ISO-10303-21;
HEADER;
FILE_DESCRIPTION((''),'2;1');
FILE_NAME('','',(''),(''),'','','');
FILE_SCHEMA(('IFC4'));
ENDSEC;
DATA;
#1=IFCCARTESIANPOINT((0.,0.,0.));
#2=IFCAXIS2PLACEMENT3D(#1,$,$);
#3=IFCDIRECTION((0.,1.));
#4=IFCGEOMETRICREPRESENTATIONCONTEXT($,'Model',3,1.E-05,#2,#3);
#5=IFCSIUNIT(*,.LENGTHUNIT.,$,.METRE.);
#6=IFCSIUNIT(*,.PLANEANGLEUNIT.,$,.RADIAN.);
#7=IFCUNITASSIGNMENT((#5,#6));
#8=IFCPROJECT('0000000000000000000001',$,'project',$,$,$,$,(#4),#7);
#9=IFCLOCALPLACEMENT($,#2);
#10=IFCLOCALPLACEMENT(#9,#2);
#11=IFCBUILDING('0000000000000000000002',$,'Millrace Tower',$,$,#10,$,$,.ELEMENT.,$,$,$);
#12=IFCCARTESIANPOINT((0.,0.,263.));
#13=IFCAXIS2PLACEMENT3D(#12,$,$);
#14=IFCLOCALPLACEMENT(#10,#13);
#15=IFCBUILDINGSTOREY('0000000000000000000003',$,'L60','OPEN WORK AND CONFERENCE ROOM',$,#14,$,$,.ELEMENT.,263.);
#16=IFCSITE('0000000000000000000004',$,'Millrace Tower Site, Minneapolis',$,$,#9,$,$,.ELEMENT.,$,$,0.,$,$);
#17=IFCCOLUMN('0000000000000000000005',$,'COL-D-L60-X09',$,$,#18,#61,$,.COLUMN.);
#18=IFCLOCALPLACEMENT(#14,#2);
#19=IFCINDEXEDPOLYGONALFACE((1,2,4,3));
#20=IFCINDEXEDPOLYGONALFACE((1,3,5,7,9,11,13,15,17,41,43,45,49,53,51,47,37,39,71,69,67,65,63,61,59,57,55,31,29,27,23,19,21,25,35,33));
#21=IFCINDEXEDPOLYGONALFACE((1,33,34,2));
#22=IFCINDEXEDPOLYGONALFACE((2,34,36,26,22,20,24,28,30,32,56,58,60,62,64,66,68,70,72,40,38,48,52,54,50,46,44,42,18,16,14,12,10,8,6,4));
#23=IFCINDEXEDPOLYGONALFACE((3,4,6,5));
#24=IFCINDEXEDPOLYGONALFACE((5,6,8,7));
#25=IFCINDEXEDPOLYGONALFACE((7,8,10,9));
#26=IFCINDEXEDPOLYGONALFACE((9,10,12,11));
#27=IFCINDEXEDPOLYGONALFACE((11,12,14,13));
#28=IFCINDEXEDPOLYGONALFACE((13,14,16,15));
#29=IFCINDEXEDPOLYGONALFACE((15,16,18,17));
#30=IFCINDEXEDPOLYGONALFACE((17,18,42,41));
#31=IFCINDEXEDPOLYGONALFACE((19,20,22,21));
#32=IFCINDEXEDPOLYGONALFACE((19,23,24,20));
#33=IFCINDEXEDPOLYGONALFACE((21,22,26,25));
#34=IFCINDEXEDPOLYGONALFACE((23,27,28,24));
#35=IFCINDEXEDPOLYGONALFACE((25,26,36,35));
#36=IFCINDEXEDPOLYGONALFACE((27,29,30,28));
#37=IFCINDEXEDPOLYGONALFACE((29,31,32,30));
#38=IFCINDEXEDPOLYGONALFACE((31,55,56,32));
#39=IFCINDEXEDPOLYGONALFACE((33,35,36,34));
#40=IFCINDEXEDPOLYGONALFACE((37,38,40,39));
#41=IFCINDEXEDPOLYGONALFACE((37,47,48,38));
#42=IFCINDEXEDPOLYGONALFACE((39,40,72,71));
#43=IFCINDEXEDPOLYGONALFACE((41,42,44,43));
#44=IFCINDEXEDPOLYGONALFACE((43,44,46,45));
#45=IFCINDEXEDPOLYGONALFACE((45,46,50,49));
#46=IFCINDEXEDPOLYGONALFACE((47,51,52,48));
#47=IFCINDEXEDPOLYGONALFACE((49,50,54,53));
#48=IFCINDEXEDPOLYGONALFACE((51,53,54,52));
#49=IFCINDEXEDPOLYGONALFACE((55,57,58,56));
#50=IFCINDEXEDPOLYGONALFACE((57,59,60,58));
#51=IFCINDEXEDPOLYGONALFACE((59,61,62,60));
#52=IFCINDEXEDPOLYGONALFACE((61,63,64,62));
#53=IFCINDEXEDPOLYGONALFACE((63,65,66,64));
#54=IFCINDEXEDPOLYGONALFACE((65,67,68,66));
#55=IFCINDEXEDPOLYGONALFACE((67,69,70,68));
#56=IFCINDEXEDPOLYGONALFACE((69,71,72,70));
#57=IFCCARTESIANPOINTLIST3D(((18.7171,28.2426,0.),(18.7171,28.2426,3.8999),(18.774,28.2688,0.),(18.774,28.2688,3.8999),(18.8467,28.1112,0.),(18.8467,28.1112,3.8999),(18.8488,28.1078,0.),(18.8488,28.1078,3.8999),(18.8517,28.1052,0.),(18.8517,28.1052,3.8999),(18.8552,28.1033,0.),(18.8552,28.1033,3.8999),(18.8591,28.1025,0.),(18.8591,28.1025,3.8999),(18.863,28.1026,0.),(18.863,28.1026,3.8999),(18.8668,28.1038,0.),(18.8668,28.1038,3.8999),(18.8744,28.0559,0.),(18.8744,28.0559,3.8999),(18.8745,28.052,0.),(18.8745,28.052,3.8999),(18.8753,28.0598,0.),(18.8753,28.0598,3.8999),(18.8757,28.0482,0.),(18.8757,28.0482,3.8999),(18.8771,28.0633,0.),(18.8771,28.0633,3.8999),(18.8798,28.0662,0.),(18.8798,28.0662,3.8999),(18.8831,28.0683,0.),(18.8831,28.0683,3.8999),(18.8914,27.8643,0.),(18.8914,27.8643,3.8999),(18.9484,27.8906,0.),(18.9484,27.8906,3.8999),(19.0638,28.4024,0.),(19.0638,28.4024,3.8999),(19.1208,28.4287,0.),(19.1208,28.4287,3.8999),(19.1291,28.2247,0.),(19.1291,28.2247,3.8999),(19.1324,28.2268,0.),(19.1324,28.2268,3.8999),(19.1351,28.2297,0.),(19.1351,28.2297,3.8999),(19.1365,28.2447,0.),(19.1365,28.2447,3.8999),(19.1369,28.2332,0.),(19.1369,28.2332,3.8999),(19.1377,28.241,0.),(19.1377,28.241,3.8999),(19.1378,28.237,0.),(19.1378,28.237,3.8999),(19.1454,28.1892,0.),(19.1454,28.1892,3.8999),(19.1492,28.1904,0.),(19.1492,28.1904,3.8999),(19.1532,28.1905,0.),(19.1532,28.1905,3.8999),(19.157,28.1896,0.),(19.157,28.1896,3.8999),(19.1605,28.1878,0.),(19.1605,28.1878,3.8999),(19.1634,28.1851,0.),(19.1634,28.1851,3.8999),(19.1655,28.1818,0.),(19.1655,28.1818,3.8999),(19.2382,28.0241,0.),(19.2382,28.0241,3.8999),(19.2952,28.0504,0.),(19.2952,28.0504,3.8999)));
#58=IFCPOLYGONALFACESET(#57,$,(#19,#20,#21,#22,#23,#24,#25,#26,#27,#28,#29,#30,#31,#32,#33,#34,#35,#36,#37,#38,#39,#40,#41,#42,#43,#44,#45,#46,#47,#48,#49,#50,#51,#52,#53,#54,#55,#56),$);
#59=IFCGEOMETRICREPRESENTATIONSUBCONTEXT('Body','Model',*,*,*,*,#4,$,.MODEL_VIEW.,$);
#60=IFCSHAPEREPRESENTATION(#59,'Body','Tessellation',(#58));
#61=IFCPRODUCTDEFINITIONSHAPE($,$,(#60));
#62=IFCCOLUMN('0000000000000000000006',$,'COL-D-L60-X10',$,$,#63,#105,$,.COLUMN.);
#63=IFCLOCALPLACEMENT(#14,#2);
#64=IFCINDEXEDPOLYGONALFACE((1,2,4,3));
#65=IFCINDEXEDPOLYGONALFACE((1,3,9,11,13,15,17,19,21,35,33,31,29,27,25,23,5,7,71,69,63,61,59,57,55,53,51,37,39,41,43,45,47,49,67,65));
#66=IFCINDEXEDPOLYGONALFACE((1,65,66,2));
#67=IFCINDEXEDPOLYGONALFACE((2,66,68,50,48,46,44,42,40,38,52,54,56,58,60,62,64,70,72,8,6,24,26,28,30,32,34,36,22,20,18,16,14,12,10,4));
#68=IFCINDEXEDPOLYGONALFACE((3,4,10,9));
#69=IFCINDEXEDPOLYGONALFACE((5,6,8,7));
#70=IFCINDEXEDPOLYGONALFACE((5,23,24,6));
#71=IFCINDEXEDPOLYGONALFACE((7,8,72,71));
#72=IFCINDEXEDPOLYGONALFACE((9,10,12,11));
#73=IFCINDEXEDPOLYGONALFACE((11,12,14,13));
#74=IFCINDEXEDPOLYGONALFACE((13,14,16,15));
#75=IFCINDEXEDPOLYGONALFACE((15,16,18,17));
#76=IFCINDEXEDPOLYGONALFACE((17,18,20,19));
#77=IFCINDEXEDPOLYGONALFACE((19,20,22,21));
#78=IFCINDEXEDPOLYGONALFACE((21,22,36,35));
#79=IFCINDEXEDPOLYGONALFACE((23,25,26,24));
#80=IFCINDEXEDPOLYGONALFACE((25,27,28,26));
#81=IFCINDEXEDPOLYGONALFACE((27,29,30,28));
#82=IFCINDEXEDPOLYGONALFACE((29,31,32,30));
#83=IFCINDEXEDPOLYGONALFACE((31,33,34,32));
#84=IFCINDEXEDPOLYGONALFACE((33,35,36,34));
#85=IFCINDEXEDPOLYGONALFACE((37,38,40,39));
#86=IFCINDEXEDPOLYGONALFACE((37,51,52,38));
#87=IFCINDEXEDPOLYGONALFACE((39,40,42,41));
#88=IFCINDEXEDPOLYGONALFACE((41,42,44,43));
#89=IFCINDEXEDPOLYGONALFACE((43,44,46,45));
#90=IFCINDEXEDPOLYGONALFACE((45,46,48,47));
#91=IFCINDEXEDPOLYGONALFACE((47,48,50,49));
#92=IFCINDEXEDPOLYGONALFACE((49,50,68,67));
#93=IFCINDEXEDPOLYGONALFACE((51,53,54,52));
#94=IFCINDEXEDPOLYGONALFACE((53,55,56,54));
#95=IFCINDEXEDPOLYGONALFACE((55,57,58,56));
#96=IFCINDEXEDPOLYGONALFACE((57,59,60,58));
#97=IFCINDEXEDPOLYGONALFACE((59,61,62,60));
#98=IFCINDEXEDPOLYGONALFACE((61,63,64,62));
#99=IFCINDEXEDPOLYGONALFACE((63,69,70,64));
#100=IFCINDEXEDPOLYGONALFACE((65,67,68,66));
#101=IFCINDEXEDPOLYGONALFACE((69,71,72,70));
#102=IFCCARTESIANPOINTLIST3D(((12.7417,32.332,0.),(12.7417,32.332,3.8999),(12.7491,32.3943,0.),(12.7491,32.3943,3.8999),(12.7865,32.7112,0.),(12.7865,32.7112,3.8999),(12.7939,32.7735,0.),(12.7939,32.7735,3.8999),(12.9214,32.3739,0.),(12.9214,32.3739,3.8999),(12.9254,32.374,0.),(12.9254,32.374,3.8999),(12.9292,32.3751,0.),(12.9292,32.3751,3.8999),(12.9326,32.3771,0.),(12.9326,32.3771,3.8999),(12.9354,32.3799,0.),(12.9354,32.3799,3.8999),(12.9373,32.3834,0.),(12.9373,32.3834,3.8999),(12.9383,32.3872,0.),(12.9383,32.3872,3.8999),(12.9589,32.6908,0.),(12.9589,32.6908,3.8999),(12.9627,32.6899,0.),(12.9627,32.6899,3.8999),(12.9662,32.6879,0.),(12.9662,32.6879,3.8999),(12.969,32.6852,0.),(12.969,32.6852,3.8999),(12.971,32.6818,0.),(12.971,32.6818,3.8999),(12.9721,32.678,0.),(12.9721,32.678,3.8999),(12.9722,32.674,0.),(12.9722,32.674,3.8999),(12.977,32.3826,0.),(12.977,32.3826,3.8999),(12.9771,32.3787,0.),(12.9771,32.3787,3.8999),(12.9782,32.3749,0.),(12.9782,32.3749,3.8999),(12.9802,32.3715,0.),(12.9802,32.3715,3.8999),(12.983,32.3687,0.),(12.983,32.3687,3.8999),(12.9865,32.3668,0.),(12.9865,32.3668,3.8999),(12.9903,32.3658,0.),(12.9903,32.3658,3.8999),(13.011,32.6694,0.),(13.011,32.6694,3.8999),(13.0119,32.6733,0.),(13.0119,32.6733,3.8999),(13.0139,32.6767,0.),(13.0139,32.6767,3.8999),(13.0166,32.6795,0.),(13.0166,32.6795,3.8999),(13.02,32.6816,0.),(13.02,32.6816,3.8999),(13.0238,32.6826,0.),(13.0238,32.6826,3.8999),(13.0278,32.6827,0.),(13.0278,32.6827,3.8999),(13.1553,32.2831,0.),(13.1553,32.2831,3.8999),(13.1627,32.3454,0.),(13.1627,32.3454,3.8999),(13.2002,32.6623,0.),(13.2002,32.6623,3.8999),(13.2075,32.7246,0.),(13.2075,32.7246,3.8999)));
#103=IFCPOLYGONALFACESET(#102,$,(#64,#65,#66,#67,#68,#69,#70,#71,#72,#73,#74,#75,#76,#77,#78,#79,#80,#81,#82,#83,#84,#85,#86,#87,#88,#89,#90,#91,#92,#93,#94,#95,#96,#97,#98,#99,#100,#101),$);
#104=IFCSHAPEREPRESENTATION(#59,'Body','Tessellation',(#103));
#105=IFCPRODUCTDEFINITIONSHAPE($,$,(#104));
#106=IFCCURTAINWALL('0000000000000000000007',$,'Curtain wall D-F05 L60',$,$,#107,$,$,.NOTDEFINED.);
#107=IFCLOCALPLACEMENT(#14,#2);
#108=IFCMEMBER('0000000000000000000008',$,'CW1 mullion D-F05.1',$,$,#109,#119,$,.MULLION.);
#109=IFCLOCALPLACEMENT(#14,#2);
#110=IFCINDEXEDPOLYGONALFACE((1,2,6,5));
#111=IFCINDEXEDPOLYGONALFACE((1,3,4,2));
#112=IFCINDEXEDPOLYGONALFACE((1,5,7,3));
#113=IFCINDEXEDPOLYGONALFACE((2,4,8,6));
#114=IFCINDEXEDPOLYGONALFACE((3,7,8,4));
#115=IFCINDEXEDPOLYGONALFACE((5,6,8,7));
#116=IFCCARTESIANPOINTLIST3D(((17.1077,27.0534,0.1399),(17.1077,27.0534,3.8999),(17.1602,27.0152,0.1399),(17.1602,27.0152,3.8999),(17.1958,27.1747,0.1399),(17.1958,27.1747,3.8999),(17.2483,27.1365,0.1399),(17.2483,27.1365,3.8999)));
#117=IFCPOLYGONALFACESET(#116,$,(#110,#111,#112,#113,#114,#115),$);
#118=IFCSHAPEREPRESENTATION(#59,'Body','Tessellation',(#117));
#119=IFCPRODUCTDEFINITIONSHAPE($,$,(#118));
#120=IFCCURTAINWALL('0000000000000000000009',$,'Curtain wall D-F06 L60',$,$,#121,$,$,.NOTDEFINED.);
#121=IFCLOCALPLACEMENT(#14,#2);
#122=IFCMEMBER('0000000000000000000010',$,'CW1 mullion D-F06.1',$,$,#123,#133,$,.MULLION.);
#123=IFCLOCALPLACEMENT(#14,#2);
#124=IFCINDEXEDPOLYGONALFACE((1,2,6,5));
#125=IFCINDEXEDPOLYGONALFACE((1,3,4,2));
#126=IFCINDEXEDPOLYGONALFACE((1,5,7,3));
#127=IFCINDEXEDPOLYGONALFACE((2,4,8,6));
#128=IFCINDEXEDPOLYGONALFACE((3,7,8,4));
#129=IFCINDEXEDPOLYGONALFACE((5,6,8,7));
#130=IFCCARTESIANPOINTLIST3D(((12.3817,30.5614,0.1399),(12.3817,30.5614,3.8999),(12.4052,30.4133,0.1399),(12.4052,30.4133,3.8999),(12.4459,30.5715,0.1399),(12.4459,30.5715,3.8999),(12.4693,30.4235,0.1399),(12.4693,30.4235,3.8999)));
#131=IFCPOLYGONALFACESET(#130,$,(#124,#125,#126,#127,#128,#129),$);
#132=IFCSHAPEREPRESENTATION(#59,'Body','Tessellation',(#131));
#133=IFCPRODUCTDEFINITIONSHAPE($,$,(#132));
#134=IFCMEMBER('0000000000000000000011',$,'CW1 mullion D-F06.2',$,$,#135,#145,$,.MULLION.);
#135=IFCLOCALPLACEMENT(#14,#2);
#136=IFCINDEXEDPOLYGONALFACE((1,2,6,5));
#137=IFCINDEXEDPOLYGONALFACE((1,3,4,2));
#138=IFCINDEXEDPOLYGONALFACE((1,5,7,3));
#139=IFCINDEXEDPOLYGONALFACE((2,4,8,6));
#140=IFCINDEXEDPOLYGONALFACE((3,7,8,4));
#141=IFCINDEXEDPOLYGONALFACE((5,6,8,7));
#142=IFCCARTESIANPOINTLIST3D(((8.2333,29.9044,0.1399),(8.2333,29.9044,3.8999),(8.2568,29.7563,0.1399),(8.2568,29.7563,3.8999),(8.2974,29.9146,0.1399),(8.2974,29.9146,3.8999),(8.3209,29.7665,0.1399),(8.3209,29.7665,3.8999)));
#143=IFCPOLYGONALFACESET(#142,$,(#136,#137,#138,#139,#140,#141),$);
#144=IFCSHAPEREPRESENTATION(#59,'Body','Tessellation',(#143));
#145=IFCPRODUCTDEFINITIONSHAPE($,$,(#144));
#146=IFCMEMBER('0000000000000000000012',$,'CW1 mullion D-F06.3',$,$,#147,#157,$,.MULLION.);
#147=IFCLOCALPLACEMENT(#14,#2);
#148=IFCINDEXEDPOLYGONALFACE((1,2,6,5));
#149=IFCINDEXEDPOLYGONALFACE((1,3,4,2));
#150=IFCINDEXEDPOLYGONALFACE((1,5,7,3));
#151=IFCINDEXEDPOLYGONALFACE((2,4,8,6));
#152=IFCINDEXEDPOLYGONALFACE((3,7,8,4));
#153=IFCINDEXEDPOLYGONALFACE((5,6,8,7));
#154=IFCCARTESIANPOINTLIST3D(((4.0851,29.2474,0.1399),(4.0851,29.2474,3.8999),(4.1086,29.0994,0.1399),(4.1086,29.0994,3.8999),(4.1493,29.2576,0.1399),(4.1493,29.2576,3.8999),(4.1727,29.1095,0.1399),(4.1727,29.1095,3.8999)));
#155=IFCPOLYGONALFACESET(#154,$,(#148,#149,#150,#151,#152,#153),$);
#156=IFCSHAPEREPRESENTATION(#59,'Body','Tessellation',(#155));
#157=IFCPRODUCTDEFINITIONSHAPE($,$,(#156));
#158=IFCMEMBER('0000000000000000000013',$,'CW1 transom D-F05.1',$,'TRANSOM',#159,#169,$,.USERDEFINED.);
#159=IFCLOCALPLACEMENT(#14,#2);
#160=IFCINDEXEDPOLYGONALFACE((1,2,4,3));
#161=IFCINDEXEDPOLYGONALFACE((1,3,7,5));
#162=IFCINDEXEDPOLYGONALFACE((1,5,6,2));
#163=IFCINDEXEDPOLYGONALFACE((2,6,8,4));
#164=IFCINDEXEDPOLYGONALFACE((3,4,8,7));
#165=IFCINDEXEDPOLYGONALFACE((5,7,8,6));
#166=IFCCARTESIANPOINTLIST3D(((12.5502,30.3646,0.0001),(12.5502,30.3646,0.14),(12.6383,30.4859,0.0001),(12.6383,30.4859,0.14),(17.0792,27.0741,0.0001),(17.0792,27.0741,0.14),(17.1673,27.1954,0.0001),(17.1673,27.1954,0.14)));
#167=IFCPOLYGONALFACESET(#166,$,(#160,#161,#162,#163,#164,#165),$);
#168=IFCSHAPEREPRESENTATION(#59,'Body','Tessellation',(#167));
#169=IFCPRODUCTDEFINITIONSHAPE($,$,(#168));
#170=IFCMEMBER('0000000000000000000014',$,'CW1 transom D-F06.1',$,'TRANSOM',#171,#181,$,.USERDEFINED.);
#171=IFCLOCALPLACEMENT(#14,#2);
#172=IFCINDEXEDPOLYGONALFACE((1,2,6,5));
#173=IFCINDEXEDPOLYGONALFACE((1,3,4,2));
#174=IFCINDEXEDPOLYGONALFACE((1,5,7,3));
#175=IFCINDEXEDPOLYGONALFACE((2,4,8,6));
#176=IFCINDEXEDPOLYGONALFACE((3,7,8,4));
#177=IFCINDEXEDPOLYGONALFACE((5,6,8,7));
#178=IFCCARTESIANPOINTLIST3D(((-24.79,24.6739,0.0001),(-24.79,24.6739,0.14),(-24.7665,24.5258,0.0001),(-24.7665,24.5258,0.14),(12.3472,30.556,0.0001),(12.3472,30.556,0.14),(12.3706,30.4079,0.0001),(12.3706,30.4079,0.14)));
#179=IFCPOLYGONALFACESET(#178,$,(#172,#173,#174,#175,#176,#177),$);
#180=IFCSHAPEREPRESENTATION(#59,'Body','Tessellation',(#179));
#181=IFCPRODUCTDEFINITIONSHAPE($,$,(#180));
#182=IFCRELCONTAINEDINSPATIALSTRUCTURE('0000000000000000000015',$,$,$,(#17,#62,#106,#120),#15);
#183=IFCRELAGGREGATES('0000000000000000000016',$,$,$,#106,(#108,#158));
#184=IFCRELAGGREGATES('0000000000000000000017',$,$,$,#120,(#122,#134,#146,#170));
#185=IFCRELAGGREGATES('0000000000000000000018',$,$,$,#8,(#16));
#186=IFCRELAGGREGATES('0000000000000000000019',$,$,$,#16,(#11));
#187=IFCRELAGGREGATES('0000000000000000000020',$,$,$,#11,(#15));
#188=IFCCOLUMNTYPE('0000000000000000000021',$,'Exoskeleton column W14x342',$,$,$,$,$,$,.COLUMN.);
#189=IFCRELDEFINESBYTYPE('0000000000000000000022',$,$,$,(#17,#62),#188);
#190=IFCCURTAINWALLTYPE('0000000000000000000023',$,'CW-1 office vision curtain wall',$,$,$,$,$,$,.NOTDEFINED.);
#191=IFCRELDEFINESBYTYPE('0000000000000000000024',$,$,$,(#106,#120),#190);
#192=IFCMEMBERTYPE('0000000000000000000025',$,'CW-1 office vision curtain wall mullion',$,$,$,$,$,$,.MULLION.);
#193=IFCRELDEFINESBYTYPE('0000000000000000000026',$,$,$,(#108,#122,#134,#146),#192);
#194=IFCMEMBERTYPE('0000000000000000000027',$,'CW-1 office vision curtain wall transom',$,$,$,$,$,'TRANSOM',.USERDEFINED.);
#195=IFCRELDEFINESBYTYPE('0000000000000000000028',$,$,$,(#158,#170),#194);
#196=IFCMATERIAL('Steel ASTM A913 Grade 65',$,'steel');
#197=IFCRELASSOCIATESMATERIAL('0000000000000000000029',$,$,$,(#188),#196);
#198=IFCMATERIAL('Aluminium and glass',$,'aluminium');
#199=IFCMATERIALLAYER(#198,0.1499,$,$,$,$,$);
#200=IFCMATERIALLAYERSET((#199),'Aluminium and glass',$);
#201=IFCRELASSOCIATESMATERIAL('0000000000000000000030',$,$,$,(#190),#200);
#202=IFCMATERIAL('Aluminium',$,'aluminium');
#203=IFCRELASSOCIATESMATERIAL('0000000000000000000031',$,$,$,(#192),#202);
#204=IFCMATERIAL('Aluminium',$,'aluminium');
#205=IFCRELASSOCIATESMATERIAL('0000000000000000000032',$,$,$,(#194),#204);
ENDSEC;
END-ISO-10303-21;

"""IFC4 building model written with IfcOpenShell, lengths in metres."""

from ifc_helpers import new_model, si_unit, direction, frame, origin, origin_2d, place, context, subcontext, project, spatial, rectangle, i_section, extrude, material, layer, layer_set, material_profile, profile_set, type_object, element, aggregate, save


model = new_model("IFC4")

# Units and contexts
model_context = context("Model", 3, precision=1e-05, world=origin(), true_north=direction((0.0, 1.0)))
body_context = subcontext(model_context, "Body", "Model", "MODEL_VIEW")
ifc_project = project(units=[si_unit("LENGTHUNIT", "METRE"), si_unit("PLANEANGLEUNIT", "RADIAN")], contexts=[model_context])

# Site, building, storey
site_placement = place(None, origin())
site = spatial("IfcSite", under=ifc_project, at=site_placement, Name="Millrace Tower Site, Minneapolis", CompositionType="ELEMENT", RefElevation=0.0)
building_placement = place(site_placement, origin())
building = spatial("IfcBuilding", under=site, at=building_placement, Name="Millrace Tower", CompositionType="ELEMENT")
storey_placement = place(building_placement, frame((0.0, 0.0, 263.0)))
storey = spatial("IfcBuildingStorey", under=building, at=storey_placement, Name="L60", Description="OPEN WORK AND CONFERENCE ROOM", CompositionType="ELEMENT", Elevation=263.0)

# Columns
ifc_material_1 = material(Name="Steel ASTM A913 Grade 65", Category="steel")
ifc_material_profile_1 = material_profile(ifc_material_1, i_section(OverallWidth=0.4165, OverallDepth=0.4446, WebThickness=0.0391, FlangeThickness=0.0627, FilletRadius=0.0151, at=origin_2d()))
ifc_profile_set_1 = profile_set([ifc_material_profile_1], Name="Steel ASTM A913 Grade 65")
column_type = type_object("IfcColumnType", Name="Exoskeleton column W14x342", PredefinedType="COLUMN", material=ifc_profile_set_1)
for number, where, z_axis, x_axis, name in (
    (1, (19.0061, 28.1465, 0.0), (0.0, 0.0, 1.0), (-0.418553, 0.908192, 0.0), "COL-D-L60-X09"),
    (2, (12.9746, 32.5283, 0.0), (0.0, 0.0, 1.0), (-0.993082, 0.117421, 0.0), "COL-D-L60-X10"),
):
    element("IfcColumn", number, at=place(storey_placement, frame(where, z_axis=z_axis, x_axis=x_axis)), inside=storey, type_object=column_type, Name=name, PredefinedType="COLUMN", context=body_context, shape_type="SweptSolid", body=[
        extrude(i_section(OverallWidth=0.4165, OverallDepth=0.4446, WebThickness=0.0391, FlangeThickness=0.0627, FilletRadius=0.0151, at=origin_2d()), origin(), (0.0, 0.0, 1.0), 3.8999),
    ])

# Curtain wall, member
ifc_material_2 = material(Name="Aluminium and glass", Category="aluminium")
ifc_layer_1 = layer(ifc_material_2, 0.1499)
ifc_layer_set_1 = layer_set([ifc_layer_1], Name="Aluminium and glass")
curtain_wall_type = type_object("IfcCurtainWallType", Name="CW-1 office vision curtain wall", PredefinedType="NOTDEFINED", material=ifc_layer_set_1)
placement = place(storey_placement, origin())
curtain_wall_1 = element("IfcCurtainWall", 3, at=placement, inside=storey, type_object=curtain_wall_type, Name="Curtain wall D-F05 L60", PredefinedType="NOTDEFINED")
ifc_material_3 = material(Name="Aluminium", Category="aluminium")
ifc_material_profile_2 = material_profile(ifc_material_3, rectangle(XDim=0.0649, YDim=0.1499, at=origin_2d()))
ifc_profile_set_2 = profile_set([ifc_material_profile_2], Name="Aluminium")
member_type_1 = type_object("IfcMemberType", Name="CW-1 office vision curtain wall mullion", PredefinedType="MULLION", material=ifc_profile_set_2)
member_1_placement = place(storey_placement, frame((17.178, 27.095, 0.1399), z_axis=(0.0, 0.0, 1.0), x_axis=(-0.809017, 0.587785, 0.0)))
member_1 = element("IfcMember", 4, at=member_1_placement, type_object=member_type_1, Name="CW1 mullion D-F05.1", PredefinedType="MULLION", context=body_context, shape_type="SweptSolid", body=[
    extrude(rectangle(XDim=0.0649, YDim=0.1499, at=origin_2d()), origin(), (0.0, 0.0, 1.0), 3.76),
])

# Curtain wall, members
curtain_wall_2 = element("IfcCurtainWall", 5, at=placement, inside=storey, type_object=curtain_wall_type, Name="Curtain wall D-F06 L60", PredefinedType="NOTDEFINED")
member_2_placement = place(storey_placement, frame((12.4255, 30.4924, 0.1399), z_axis=(0.0, 0.0, 1.0), x_axis=(-0.987688, -0.156434, 0.0)))
member_2 = element("IfcMember", 6, at=member_2_placement, type_object=member_type_1, Name="CW1 mullion D-F06.1", PredefinedType="MULLION", context=body_context, shape_type="SweptSolid", body=[
    extrude(rectangle(XDim=0.0649, YDim=0.1499, at=origin_2d()), origin(), (0.0, 0.0, 1.0), 3.76),
])
member_3_placement = place(storey_placement, frame((8.2771, 29.8354, 0.1399), z_axis=(0.0, 0.0, 1.0), x_axis=(-0.987688, -0.156434, 0.0)))
member_3 = element("IfcMember", 7, at=member_3_placement, type_object=member_type_1, Name="CW1 mullion D-F06.2", PredefinedType="MULLION", context=body_context, shape_type="SweptSolid", body=[
    extrude(rectangle(XDim=0.0649, YDim=0.1499, at=origin_2d()), origin(), (0.0, 0.0, 1.0), 3.76),
])
member_4_placement = place(storey_placement, frame((4.1289, 29.1785, 0.1399), z_axis=(0.0, 0.0, 1.0), x_axis=(-0.987688, -0.156434, 0.0)))
member_4 = element("IfcMember", 8, at=member_4_placement, type_object=member_type_1, Name="CW1 mullion D-F06.3", PredefinedType="MULLION", context=body_context, shape_type="SweptSolid", body=[
    extrude(rectangle(XDim=0.0649, YDim=0.1499, at=origin_2d()), origin(), (0.0, 0.0, 1.0), 3.76),
])

# Members
ifc_material_4 = material(Name="Aluminium", Category="aluminium")
ifc_material_profile_3 = material_profile(ifc_material_4, rectangle(XDim=0.1499, YDim=0.1399, at=origin_2d()))
ifc_profile_set_3 = profile_set([ifc_material_profile_3], Name="Aluminium")
member_type_2 = type_object("IfcMemberType", Name="CW-1 office vision curtain wall transom", ElementType="TRANSOM", PredefinedType="USERDEFINED", material=ifc_profile_set_3)
member_5_placement = place(storey_placement, frame((17.1233, 27.1348, 0.0701), z_axis=(-0.809019, 0.587783, 0.0), x_axis=(-0.587783, -0.809019, 0.0)))
member_5 = element("IfcMember", 9, at=member_5_placement, type_object=member_type_2, Name="CW1 transom D-F05.1", ObjectType="TRANSOM", PredefinedType="USERDEFINED", context=body_context, shape_type="SweptSolid", body=[
    extrude(rectangle(XDim=0.1499, YDim=0.1399, at=origin_2d()), origin(), (0.0, 0.0, 1.0), 5.5981),
])
aggregate(curtain_wall_1, [member_1, member_5])
member_6_placement = place(storey_placement, frame((12.3589, 30.4819, 0.0701), z_axis=(-0.987688, -0.156438, 0.0), x_axis=(0.156438, -0.987688, 0.0)))
member_6 = element("IfcMember", 10, at=member_6_placement, type_object=member_type_2, Name="CW1 transom D-F06.1", ObjectType="TRANSOM", PredefinedType="USERDEFINED", context=body_context, shape_type="SweptSolid", body=[
    extrude(rectangle(XDim=0.1499, YDim=0.1399, at=origin_2d()), origin(), (0.0, 0.0, 1.0), 37.6001),
])
aggregate(curtain_wall_2, [member_2, member_3, member_4, member_6])

save(model, "model.ifc")
